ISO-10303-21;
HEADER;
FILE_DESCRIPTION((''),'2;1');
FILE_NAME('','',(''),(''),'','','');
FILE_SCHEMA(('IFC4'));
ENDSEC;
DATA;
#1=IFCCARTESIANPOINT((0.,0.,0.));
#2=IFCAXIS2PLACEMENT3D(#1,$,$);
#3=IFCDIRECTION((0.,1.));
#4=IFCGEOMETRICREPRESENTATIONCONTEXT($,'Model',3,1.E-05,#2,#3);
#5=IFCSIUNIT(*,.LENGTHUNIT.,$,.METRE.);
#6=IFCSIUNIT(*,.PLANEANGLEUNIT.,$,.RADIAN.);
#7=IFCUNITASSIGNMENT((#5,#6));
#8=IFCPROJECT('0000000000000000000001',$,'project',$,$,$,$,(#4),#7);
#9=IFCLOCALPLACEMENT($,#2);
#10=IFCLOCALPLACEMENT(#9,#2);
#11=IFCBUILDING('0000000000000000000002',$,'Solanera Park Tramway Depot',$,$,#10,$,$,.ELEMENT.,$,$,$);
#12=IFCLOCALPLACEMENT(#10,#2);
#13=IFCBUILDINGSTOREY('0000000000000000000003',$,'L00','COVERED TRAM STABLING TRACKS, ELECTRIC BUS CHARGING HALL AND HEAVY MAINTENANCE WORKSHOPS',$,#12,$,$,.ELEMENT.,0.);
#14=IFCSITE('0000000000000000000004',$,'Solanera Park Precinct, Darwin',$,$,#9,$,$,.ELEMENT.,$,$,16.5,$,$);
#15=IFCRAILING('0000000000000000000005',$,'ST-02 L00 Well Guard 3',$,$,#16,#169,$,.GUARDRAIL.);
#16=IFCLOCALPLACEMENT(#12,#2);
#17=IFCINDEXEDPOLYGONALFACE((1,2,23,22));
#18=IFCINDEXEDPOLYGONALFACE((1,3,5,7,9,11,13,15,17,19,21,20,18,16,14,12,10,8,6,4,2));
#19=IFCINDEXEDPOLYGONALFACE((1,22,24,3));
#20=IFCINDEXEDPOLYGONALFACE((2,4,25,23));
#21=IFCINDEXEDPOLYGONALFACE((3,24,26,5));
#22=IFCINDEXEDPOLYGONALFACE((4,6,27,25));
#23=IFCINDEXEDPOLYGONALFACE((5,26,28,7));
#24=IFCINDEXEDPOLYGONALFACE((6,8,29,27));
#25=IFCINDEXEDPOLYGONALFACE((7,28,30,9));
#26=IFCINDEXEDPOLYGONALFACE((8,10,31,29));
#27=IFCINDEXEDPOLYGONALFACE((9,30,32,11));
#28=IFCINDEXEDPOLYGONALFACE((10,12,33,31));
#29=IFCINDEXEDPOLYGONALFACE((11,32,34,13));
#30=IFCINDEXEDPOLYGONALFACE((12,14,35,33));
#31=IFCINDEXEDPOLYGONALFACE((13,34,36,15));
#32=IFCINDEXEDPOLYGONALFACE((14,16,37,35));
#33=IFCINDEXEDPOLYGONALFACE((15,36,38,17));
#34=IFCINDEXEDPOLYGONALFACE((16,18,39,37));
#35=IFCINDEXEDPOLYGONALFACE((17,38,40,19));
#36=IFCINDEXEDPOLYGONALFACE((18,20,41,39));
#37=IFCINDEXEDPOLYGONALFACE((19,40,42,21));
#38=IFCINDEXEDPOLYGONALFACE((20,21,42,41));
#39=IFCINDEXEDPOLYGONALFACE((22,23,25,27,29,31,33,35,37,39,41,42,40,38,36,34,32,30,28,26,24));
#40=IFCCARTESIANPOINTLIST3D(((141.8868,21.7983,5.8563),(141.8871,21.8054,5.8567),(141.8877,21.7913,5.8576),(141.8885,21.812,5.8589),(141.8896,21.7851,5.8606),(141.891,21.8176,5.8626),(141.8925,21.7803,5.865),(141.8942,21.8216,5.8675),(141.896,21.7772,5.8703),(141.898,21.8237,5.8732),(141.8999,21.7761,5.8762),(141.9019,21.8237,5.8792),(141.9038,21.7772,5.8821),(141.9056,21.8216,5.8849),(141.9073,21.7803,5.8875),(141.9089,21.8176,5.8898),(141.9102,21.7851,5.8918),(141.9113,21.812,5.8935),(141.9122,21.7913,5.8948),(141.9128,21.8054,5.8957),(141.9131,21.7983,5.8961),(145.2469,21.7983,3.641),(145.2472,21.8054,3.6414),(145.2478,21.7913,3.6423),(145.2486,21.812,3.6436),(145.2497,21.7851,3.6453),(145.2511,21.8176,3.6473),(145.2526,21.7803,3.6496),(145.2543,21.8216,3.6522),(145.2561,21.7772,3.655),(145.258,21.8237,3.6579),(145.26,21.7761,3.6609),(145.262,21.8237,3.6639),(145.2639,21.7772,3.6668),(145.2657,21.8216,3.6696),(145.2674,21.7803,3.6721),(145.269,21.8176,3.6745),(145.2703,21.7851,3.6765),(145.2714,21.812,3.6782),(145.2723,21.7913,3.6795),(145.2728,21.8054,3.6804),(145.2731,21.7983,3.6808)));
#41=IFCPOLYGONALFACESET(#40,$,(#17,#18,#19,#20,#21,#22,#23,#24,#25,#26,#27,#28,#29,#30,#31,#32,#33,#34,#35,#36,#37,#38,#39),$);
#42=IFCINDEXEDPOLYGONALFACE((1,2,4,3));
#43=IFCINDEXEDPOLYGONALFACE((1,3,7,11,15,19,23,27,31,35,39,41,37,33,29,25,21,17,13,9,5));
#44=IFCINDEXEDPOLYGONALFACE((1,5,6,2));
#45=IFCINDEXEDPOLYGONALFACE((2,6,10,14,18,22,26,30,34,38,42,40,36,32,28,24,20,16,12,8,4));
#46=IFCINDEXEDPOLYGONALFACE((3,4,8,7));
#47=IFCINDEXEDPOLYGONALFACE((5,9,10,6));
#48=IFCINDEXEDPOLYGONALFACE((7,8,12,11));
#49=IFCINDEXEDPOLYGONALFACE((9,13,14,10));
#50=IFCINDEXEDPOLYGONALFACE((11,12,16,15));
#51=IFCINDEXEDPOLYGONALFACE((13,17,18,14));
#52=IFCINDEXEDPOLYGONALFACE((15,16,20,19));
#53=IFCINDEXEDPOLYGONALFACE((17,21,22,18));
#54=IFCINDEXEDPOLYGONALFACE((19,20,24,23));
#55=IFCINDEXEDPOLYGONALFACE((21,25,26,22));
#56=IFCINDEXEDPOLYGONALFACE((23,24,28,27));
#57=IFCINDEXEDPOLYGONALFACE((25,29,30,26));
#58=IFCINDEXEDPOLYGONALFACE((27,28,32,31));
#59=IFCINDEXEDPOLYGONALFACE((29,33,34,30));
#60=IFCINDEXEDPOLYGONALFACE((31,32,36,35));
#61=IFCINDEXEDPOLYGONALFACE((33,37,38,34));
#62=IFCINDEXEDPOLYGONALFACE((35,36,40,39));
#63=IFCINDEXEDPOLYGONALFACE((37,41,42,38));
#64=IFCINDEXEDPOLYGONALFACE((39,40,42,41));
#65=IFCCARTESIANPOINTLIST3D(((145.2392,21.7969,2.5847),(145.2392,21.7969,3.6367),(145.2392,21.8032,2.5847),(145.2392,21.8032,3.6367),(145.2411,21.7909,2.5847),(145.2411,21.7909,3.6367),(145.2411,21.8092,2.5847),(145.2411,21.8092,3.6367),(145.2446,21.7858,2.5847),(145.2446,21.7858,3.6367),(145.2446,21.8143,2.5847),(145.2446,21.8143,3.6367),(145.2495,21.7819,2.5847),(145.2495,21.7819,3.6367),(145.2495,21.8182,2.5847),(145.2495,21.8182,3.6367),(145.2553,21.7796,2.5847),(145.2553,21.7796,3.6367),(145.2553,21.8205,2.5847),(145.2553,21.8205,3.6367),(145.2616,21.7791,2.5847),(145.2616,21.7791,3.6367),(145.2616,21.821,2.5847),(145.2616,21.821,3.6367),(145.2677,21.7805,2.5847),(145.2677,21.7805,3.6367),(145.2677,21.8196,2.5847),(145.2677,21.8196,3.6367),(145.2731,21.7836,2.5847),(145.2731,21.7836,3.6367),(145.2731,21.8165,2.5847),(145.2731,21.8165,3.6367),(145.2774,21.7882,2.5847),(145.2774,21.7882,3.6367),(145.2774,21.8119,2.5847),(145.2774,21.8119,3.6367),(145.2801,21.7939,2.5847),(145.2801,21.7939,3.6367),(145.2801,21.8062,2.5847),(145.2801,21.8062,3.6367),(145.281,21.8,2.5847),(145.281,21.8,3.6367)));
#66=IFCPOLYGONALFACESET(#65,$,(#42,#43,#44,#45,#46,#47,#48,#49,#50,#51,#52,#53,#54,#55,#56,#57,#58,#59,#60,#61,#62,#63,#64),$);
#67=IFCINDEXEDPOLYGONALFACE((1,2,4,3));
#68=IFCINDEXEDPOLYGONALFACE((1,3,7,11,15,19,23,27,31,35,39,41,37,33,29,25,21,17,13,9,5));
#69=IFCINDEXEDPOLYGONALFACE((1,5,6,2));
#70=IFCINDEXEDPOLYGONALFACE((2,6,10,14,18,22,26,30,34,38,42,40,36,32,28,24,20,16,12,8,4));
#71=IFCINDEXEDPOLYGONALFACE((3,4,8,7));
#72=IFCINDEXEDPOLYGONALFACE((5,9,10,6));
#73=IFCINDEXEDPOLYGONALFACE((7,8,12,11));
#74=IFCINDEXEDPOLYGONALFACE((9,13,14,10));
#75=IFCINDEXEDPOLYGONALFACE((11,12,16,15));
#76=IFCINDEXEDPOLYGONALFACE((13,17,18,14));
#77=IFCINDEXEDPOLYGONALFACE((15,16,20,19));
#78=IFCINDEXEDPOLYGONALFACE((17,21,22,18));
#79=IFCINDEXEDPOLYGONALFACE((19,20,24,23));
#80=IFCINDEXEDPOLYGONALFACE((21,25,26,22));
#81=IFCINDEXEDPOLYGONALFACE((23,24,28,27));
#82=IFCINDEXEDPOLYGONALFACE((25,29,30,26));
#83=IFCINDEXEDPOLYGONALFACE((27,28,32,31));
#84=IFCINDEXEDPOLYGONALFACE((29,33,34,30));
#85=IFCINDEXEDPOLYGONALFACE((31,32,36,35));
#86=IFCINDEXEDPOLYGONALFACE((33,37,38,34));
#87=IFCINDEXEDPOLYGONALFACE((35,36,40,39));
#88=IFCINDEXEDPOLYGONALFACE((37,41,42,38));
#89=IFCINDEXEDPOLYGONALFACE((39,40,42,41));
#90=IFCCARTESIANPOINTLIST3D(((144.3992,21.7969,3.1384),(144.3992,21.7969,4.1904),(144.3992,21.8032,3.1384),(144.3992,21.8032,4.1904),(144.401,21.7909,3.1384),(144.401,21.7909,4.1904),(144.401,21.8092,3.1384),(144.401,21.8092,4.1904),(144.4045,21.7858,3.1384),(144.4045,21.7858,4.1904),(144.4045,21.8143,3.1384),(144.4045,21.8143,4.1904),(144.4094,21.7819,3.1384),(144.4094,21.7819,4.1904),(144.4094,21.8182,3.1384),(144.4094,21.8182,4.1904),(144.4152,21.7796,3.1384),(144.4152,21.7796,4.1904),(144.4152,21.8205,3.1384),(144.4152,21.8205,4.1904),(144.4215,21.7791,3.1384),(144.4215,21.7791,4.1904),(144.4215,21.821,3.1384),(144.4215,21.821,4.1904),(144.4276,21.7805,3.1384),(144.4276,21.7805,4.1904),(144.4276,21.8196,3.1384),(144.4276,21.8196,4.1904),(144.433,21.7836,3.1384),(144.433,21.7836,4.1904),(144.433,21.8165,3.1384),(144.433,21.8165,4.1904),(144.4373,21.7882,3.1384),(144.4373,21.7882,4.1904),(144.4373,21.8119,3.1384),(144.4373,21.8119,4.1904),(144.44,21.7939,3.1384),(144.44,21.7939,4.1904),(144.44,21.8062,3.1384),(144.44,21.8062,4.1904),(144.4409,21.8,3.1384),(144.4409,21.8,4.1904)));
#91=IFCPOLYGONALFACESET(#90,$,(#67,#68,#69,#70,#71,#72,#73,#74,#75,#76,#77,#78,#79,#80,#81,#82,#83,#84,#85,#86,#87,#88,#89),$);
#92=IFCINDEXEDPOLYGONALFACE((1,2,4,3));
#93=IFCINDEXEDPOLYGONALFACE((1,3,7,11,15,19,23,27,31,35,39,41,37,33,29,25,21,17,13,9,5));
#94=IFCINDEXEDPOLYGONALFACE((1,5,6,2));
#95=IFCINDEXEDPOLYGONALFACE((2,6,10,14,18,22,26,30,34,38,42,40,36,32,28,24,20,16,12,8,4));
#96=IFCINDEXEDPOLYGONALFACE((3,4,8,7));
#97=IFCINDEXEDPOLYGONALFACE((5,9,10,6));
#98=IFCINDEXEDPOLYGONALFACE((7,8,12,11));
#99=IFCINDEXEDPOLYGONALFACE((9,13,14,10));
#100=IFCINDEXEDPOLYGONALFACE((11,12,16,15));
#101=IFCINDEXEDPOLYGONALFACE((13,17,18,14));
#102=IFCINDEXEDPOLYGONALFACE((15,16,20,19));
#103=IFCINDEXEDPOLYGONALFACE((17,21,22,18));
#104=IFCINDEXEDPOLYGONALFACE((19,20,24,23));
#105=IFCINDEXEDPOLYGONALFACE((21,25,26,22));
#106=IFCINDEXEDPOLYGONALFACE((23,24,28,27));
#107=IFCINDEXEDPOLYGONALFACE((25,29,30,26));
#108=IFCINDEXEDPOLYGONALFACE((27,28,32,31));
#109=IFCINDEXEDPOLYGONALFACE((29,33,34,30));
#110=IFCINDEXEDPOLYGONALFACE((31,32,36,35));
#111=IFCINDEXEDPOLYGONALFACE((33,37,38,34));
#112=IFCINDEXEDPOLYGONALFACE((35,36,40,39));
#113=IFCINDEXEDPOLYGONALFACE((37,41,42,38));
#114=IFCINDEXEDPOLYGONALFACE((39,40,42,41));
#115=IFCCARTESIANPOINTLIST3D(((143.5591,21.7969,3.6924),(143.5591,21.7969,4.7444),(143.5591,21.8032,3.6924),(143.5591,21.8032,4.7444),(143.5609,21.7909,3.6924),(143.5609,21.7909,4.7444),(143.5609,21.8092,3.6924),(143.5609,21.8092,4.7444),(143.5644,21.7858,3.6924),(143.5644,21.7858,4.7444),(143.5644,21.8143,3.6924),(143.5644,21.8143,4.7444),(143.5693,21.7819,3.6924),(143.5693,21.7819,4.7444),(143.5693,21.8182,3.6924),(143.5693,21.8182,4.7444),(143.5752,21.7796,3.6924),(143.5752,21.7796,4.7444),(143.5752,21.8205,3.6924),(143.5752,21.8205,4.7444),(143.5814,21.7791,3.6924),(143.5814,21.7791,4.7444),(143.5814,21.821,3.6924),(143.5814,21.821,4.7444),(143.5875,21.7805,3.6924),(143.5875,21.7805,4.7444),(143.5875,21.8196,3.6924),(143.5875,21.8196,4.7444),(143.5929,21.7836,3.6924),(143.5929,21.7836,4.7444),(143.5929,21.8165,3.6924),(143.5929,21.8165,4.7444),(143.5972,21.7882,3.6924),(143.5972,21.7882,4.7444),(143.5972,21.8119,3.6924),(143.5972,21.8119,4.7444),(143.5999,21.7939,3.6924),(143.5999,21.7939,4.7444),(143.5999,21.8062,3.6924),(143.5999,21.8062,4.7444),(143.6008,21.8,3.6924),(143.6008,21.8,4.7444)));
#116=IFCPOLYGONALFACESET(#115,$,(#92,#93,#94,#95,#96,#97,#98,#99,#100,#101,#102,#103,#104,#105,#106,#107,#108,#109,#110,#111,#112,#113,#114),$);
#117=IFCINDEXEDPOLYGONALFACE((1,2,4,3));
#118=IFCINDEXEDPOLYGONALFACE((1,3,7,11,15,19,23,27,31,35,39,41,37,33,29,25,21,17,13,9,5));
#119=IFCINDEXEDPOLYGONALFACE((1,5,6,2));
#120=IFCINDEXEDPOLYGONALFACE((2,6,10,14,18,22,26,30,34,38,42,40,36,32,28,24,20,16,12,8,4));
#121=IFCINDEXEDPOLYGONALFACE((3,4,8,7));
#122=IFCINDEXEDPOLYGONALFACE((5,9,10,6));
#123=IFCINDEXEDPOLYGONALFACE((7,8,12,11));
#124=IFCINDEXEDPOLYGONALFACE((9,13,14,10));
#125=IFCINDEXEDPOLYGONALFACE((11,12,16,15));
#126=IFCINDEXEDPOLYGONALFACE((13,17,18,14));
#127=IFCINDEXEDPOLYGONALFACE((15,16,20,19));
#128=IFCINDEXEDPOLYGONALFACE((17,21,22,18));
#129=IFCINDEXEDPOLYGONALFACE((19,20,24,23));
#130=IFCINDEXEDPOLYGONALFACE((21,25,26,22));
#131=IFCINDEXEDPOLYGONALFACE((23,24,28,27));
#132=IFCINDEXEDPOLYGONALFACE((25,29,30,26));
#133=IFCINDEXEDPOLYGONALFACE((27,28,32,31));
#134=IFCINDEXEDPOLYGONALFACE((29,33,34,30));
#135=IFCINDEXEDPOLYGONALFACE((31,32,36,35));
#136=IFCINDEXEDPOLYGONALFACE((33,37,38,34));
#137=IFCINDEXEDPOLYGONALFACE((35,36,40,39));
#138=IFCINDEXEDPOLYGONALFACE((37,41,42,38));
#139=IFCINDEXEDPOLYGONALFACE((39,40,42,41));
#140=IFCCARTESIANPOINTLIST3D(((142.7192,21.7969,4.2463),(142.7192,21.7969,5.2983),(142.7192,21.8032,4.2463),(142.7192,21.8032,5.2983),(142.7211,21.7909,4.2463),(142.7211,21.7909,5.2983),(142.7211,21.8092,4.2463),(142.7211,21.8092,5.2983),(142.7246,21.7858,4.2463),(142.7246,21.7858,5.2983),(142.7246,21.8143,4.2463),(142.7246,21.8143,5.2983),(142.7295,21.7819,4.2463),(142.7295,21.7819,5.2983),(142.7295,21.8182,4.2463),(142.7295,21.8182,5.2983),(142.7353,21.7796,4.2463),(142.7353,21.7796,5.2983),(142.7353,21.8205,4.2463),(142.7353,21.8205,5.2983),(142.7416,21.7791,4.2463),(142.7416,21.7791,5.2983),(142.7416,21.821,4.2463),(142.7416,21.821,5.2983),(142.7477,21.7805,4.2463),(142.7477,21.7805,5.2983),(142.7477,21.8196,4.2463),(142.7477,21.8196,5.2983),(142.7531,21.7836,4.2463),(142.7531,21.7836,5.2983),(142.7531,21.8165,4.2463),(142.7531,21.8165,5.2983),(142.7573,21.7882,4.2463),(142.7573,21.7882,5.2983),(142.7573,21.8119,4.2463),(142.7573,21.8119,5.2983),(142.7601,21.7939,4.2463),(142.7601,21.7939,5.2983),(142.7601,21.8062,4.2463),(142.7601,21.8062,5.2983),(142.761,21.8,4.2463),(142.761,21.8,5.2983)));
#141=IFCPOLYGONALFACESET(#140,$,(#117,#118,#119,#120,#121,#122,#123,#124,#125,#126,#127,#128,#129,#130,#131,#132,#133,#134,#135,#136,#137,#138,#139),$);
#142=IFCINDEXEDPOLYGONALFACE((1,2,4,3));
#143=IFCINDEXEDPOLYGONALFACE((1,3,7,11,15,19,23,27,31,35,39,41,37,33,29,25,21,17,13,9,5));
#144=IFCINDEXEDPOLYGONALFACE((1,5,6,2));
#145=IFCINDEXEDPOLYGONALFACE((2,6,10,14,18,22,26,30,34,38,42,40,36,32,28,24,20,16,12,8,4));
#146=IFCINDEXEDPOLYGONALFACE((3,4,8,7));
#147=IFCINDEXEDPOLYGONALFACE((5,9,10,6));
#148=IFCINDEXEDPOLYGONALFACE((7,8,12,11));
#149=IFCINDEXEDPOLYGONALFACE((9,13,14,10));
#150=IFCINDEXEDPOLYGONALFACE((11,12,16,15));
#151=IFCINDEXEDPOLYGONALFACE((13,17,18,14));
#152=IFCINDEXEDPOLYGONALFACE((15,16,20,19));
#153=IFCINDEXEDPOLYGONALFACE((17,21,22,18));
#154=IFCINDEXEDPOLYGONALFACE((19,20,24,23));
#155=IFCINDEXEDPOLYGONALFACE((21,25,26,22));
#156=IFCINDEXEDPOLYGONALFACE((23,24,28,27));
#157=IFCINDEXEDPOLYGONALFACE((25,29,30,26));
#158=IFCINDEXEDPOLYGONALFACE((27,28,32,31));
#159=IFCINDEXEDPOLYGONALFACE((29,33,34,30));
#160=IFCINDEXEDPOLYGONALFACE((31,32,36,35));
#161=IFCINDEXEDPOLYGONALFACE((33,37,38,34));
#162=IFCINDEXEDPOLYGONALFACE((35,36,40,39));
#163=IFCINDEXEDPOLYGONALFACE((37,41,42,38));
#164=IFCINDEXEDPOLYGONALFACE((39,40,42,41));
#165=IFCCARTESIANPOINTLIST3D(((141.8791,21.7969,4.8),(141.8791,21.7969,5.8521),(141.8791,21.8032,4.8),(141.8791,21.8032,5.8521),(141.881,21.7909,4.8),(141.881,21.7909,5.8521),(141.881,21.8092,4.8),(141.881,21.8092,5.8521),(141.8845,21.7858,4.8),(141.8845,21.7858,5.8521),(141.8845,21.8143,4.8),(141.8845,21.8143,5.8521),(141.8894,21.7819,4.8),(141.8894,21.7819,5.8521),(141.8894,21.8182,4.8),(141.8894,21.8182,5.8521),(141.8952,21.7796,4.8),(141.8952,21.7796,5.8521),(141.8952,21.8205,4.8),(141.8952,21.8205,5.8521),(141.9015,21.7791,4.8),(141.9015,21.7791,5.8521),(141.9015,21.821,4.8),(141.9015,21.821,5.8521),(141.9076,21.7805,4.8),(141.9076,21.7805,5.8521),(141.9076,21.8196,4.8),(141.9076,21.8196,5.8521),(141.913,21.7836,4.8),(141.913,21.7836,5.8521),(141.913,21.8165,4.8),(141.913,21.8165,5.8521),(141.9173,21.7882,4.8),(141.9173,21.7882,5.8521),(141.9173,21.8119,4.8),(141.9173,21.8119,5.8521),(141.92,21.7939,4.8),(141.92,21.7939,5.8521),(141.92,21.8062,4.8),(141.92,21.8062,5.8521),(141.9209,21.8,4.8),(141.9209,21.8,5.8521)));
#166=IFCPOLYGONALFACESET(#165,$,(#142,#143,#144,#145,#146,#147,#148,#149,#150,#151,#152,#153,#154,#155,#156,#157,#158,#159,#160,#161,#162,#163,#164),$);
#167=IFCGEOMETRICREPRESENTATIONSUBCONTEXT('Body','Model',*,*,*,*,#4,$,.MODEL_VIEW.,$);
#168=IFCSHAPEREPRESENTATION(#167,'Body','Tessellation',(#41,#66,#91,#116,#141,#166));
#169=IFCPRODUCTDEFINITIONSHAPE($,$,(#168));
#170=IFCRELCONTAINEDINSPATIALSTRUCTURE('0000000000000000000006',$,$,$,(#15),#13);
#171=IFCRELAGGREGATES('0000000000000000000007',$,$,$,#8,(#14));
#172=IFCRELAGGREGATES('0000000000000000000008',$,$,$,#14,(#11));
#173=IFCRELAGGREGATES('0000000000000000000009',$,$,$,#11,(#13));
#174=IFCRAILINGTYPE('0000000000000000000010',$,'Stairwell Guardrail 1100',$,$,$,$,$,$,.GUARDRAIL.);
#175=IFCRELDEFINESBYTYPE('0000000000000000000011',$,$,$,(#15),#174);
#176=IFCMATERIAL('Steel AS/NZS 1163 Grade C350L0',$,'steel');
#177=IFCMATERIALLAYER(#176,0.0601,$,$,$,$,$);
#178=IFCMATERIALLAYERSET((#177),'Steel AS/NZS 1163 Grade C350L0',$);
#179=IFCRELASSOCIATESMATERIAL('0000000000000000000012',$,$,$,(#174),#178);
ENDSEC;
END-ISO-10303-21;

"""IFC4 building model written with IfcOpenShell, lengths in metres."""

from ifc_helpers import new_model, si_unit, direction, frame, origin, origin_2d, place, context, subcontext, project, spatial, circle, extrude, material, layer, layer_set, type_object, element, save


model = new_model("IFC4")

# Units and contexts
model_context = context("Model", 3, precision=1e-05, world=origin(), true_north=direction((0.0, 1.0)))
body_context = subcontext(model_context, "Body", "Model", "MODEL_VIEW")
ifc_project = project(units=[si_unit("LENGTHUNIT", "METRE"), si_unit("PLANEANGLEUNIT", "RADIAN")], contexts=[model_context])

# Site, building, storey
site_placement = place(None, origin())
site = spatial("IfcSite", under=ifc_project, at=site_placement, Name="Solanera Park Precinct, Darwin", CompositionType="ELEMENT", RefElevation=16.5)
building_placement = place(site_placement, origin())
building = spatial("IfcBuilding", under=site, at=building_placement, Name="Solanera Park Tramway Depot", CompositionType="ELEMENT")
storey_placement = place(building_placement, origin())
storey = spatial("IfcBuildingStorey", under=building, at=storey_placement, Name="L00", Description="COVERED TRAM STABLING TRACKS, ELECTRIC BUS CHARGING HALL AND HEAVY MAINTENANCE WORKSHOPS", CompositionType="ELEMENT", Elevation=0.0)

# Railing
ifc_material_1 = material(Name="Steel AS/NZS 1163 Grade C350L0", Category="steel")
ifc_layer_1 = layer(ifc_material_1, 0.0601)
ifc_layer_set_1 = layer_set([ifc_layer_1], Name="Steel AS/NZS 1163 Grade C350L0")
railing_type_1 = type_object("IfcRailingType", Name="Stairwell Guardrail 1100", PredefinedType="GUARDRAIL", material=ifc_layer_set_1)
railing_1_placement = place(storey_placement, frame((145.26, 21.8, 2.5847)))
element("IfcRailing", 1, at=railing_1_placement, inside=storey, type_object=railing_type_1, Name="ST-02 L00 Well Guard 3", PredefinedType="GUARDRAIL", context=body_context, shape_type="SweptSolid", body=[
    extrude(circle(Radius=0.0239, at=origin_2d()), frame((0.0, 0.0, 1.0762), z_axis=(-0.834876, 0.0, 0.550437), x_axis=(0.0, -1.0, 0.0)), (0.0, 0.0, 1.0), 4.0247),
    extrude(circle(Radius=0.021, at=origin_2d()), origin(), (0.0, 0.0, 1.0), 1.052),
    extrude(circle(Radius=0.021, at=origin_2d()), frame((-0.8401, 0.0, 0.5537)), (0.0, 0.0, 1.0), 1.052),
    extrude(circle(Radius=0.021, at=origin_2d()), frame((-1.6802, 0.0, 1.1077)), (0.0, 0.0, 1.0), 1.052),
    extrude(circle(Radius=0.021, at=origin_2d()), frame((-2.52, 0.0, 1.6616)), (0.0, 0.0, 1.0), 1.052),
    extrude(circle(Radius=0.021, at=origin_2d()), frame((-3.3601, 0.0, 2.2153)), (0.0, 0.0, 1.0), 1.052),
])

save(model, "model.ifc")
